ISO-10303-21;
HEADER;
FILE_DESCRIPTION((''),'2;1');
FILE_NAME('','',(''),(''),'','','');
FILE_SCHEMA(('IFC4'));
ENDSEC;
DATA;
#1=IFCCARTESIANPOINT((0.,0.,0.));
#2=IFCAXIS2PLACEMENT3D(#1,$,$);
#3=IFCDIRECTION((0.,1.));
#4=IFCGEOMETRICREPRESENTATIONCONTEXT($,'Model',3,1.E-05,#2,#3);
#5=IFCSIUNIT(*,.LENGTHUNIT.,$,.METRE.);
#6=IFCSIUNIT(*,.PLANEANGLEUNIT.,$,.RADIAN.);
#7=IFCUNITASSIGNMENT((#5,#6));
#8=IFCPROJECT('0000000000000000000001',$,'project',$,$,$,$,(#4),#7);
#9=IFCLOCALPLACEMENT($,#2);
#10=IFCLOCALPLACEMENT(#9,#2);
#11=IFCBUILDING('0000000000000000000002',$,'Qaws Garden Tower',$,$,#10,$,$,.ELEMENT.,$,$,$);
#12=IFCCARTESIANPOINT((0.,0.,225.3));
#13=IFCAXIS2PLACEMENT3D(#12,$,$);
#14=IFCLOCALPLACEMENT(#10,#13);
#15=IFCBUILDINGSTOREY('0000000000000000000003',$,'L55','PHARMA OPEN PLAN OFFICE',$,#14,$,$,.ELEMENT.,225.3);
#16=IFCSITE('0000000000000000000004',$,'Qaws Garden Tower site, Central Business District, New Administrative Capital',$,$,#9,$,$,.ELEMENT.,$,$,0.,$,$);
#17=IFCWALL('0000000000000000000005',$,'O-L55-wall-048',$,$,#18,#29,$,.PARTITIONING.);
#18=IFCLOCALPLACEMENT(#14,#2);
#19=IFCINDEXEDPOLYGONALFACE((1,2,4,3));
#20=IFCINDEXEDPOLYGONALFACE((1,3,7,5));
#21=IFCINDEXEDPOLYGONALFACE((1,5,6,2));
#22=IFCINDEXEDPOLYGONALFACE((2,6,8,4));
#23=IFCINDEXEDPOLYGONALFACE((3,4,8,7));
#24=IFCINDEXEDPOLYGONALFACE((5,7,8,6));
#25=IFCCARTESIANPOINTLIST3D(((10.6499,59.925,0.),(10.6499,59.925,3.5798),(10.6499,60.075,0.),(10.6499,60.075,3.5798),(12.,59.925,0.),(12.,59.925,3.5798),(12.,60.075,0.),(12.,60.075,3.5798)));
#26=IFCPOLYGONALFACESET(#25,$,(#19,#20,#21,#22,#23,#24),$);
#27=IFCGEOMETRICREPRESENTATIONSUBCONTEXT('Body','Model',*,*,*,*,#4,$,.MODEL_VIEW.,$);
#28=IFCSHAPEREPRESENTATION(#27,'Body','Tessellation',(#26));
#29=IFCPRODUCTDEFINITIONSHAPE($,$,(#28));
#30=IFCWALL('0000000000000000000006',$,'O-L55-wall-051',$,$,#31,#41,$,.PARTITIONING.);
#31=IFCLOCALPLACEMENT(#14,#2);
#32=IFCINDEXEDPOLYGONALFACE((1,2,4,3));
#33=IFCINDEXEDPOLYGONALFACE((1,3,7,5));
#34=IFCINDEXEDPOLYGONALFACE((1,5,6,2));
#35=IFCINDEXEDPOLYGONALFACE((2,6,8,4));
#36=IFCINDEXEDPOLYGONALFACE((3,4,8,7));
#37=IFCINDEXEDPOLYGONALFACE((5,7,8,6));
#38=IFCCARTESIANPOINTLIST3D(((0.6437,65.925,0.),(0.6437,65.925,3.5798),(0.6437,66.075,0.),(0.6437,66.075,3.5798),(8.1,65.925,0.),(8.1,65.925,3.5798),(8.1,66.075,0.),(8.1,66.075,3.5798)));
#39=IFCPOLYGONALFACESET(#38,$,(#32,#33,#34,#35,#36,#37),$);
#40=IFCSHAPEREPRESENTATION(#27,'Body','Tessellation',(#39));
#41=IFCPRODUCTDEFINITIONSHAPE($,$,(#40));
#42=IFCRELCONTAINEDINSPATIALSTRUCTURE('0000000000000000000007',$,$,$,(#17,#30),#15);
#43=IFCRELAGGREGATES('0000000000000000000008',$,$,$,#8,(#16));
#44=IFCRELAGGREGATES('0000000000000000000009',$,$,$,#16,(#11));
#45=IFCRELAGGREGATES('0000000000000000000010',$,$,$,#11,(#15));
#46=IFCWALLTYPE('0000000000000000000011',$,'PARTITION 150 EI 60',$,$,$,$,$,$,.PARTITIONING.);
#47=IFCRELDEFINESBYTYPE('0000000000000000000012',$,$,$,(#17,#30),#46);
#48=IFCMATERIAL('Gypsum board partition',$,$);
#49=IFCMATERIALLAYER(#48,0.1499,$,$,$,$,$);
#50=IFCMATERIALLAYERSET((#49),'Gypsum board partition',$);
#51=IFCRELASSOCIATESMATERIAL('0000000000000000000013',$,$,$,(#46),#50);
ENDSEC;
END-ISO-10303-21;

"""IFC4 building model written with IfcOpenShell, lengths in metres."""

from ifc_helpers import new_model, si_unit, direction, frame, frame_2d, origin, place, context, subcontext, project, spatial, rectangle, extrude, material, layer, layer_set, type_object, element, save


model = new_model("IFC4")

# Units and contexts
model_context = context("Model", 3, precision=1e-05, world=origin(), true_north=direction((0.0, 1.0)))
body_context = subcontext(model_context, "Body", "Model", "MODEL_VIEW")
ifc_project = project(units=[si_unit("LENGTHUNIT", "METRE"), si_unit("PLANEANGLEUNIT", "RADIAN")], contexts=[model_context])

# Site, building, storey
site_placement = place(None, origin())
site = spatial("IfcSite", under=ifc_project, at=site_placement, Name="Qaws Garden Tower site, Central Business District, New Administrative Capital", CompositionType="ELEMENT", RefElevation=0.0)
building_placement = place(site_placement, origin())
building = spatial("IfcBuilding", under=site, at=building_placement, Name="Qaws Garden Tower", CompositionType="ELEMENT")
storey_placement = place(building_placement, frame((0.0, 0.0, 225.3)))
storey = spatial("IfcBuildingStorey", under=building, at=storey_placement, Name="L55", Description="PHARMA OPEN PLAN OFFICE", CompositionType="ELEMENT", Elevation=225.3)

# Shared definitions
ifc_material_1 = material(Name="Gypsum board partition")
ifc_layer_1 = layer(ifc_material_1, 0.1499)
ifc_layer_set_1 = layer_set([ifc_layer_1], Name="Gypsum board partition")
wall_type_1 = type_object("IfcWallType", Name="PARTITION 150 EI 60", PredefinedType="PARTITIONING", material=ifc_layer_set_1)

# Walls
wall_1_placement = place(storey_placement, frame((10.6499, 60.0, 0.0), z_axis=(0.0, 0.0, 1.0), x_axis=(1.0, 0.0, 0.0)))
element("IfcWall", 1, at=wall_1_placement, inside=storey, type_object=wall_type_1, Name="O-L55-wall-048", PredefinedType="PARTITIONING", context=body_context, shape_type="SweptSolid", body=[
    extrude(rectangle(XDim=1.3501, YDim=0.1499, at=frame_2d((0.675, 0.0))), origin(), (0.0, 0.0, 1.0), 3.5798),
])
wall_2_placement = place(storey_placement, frame((0.6438, 66.0, 0.0), z_axis=(0.0, 0.0, 1.0), x_axis=(1.0, 0.0, 0.0)))
element("IfcWall", 2, at=wall_2_placement, inside=storey, type_object=wall_type_1, Name="O-L55-wall-051", PredefinedType="PARTITIONING", context=body_context, shape_type="SweptSolid", body=[
    extrude(rectangle(XDim=7.4563, YDim=0.1499, at=frame_2d((3.728, 0.0))), origin(), (0.0, 0.0, 1.0), 3.5798),
])

save(model, "model.ifc")
